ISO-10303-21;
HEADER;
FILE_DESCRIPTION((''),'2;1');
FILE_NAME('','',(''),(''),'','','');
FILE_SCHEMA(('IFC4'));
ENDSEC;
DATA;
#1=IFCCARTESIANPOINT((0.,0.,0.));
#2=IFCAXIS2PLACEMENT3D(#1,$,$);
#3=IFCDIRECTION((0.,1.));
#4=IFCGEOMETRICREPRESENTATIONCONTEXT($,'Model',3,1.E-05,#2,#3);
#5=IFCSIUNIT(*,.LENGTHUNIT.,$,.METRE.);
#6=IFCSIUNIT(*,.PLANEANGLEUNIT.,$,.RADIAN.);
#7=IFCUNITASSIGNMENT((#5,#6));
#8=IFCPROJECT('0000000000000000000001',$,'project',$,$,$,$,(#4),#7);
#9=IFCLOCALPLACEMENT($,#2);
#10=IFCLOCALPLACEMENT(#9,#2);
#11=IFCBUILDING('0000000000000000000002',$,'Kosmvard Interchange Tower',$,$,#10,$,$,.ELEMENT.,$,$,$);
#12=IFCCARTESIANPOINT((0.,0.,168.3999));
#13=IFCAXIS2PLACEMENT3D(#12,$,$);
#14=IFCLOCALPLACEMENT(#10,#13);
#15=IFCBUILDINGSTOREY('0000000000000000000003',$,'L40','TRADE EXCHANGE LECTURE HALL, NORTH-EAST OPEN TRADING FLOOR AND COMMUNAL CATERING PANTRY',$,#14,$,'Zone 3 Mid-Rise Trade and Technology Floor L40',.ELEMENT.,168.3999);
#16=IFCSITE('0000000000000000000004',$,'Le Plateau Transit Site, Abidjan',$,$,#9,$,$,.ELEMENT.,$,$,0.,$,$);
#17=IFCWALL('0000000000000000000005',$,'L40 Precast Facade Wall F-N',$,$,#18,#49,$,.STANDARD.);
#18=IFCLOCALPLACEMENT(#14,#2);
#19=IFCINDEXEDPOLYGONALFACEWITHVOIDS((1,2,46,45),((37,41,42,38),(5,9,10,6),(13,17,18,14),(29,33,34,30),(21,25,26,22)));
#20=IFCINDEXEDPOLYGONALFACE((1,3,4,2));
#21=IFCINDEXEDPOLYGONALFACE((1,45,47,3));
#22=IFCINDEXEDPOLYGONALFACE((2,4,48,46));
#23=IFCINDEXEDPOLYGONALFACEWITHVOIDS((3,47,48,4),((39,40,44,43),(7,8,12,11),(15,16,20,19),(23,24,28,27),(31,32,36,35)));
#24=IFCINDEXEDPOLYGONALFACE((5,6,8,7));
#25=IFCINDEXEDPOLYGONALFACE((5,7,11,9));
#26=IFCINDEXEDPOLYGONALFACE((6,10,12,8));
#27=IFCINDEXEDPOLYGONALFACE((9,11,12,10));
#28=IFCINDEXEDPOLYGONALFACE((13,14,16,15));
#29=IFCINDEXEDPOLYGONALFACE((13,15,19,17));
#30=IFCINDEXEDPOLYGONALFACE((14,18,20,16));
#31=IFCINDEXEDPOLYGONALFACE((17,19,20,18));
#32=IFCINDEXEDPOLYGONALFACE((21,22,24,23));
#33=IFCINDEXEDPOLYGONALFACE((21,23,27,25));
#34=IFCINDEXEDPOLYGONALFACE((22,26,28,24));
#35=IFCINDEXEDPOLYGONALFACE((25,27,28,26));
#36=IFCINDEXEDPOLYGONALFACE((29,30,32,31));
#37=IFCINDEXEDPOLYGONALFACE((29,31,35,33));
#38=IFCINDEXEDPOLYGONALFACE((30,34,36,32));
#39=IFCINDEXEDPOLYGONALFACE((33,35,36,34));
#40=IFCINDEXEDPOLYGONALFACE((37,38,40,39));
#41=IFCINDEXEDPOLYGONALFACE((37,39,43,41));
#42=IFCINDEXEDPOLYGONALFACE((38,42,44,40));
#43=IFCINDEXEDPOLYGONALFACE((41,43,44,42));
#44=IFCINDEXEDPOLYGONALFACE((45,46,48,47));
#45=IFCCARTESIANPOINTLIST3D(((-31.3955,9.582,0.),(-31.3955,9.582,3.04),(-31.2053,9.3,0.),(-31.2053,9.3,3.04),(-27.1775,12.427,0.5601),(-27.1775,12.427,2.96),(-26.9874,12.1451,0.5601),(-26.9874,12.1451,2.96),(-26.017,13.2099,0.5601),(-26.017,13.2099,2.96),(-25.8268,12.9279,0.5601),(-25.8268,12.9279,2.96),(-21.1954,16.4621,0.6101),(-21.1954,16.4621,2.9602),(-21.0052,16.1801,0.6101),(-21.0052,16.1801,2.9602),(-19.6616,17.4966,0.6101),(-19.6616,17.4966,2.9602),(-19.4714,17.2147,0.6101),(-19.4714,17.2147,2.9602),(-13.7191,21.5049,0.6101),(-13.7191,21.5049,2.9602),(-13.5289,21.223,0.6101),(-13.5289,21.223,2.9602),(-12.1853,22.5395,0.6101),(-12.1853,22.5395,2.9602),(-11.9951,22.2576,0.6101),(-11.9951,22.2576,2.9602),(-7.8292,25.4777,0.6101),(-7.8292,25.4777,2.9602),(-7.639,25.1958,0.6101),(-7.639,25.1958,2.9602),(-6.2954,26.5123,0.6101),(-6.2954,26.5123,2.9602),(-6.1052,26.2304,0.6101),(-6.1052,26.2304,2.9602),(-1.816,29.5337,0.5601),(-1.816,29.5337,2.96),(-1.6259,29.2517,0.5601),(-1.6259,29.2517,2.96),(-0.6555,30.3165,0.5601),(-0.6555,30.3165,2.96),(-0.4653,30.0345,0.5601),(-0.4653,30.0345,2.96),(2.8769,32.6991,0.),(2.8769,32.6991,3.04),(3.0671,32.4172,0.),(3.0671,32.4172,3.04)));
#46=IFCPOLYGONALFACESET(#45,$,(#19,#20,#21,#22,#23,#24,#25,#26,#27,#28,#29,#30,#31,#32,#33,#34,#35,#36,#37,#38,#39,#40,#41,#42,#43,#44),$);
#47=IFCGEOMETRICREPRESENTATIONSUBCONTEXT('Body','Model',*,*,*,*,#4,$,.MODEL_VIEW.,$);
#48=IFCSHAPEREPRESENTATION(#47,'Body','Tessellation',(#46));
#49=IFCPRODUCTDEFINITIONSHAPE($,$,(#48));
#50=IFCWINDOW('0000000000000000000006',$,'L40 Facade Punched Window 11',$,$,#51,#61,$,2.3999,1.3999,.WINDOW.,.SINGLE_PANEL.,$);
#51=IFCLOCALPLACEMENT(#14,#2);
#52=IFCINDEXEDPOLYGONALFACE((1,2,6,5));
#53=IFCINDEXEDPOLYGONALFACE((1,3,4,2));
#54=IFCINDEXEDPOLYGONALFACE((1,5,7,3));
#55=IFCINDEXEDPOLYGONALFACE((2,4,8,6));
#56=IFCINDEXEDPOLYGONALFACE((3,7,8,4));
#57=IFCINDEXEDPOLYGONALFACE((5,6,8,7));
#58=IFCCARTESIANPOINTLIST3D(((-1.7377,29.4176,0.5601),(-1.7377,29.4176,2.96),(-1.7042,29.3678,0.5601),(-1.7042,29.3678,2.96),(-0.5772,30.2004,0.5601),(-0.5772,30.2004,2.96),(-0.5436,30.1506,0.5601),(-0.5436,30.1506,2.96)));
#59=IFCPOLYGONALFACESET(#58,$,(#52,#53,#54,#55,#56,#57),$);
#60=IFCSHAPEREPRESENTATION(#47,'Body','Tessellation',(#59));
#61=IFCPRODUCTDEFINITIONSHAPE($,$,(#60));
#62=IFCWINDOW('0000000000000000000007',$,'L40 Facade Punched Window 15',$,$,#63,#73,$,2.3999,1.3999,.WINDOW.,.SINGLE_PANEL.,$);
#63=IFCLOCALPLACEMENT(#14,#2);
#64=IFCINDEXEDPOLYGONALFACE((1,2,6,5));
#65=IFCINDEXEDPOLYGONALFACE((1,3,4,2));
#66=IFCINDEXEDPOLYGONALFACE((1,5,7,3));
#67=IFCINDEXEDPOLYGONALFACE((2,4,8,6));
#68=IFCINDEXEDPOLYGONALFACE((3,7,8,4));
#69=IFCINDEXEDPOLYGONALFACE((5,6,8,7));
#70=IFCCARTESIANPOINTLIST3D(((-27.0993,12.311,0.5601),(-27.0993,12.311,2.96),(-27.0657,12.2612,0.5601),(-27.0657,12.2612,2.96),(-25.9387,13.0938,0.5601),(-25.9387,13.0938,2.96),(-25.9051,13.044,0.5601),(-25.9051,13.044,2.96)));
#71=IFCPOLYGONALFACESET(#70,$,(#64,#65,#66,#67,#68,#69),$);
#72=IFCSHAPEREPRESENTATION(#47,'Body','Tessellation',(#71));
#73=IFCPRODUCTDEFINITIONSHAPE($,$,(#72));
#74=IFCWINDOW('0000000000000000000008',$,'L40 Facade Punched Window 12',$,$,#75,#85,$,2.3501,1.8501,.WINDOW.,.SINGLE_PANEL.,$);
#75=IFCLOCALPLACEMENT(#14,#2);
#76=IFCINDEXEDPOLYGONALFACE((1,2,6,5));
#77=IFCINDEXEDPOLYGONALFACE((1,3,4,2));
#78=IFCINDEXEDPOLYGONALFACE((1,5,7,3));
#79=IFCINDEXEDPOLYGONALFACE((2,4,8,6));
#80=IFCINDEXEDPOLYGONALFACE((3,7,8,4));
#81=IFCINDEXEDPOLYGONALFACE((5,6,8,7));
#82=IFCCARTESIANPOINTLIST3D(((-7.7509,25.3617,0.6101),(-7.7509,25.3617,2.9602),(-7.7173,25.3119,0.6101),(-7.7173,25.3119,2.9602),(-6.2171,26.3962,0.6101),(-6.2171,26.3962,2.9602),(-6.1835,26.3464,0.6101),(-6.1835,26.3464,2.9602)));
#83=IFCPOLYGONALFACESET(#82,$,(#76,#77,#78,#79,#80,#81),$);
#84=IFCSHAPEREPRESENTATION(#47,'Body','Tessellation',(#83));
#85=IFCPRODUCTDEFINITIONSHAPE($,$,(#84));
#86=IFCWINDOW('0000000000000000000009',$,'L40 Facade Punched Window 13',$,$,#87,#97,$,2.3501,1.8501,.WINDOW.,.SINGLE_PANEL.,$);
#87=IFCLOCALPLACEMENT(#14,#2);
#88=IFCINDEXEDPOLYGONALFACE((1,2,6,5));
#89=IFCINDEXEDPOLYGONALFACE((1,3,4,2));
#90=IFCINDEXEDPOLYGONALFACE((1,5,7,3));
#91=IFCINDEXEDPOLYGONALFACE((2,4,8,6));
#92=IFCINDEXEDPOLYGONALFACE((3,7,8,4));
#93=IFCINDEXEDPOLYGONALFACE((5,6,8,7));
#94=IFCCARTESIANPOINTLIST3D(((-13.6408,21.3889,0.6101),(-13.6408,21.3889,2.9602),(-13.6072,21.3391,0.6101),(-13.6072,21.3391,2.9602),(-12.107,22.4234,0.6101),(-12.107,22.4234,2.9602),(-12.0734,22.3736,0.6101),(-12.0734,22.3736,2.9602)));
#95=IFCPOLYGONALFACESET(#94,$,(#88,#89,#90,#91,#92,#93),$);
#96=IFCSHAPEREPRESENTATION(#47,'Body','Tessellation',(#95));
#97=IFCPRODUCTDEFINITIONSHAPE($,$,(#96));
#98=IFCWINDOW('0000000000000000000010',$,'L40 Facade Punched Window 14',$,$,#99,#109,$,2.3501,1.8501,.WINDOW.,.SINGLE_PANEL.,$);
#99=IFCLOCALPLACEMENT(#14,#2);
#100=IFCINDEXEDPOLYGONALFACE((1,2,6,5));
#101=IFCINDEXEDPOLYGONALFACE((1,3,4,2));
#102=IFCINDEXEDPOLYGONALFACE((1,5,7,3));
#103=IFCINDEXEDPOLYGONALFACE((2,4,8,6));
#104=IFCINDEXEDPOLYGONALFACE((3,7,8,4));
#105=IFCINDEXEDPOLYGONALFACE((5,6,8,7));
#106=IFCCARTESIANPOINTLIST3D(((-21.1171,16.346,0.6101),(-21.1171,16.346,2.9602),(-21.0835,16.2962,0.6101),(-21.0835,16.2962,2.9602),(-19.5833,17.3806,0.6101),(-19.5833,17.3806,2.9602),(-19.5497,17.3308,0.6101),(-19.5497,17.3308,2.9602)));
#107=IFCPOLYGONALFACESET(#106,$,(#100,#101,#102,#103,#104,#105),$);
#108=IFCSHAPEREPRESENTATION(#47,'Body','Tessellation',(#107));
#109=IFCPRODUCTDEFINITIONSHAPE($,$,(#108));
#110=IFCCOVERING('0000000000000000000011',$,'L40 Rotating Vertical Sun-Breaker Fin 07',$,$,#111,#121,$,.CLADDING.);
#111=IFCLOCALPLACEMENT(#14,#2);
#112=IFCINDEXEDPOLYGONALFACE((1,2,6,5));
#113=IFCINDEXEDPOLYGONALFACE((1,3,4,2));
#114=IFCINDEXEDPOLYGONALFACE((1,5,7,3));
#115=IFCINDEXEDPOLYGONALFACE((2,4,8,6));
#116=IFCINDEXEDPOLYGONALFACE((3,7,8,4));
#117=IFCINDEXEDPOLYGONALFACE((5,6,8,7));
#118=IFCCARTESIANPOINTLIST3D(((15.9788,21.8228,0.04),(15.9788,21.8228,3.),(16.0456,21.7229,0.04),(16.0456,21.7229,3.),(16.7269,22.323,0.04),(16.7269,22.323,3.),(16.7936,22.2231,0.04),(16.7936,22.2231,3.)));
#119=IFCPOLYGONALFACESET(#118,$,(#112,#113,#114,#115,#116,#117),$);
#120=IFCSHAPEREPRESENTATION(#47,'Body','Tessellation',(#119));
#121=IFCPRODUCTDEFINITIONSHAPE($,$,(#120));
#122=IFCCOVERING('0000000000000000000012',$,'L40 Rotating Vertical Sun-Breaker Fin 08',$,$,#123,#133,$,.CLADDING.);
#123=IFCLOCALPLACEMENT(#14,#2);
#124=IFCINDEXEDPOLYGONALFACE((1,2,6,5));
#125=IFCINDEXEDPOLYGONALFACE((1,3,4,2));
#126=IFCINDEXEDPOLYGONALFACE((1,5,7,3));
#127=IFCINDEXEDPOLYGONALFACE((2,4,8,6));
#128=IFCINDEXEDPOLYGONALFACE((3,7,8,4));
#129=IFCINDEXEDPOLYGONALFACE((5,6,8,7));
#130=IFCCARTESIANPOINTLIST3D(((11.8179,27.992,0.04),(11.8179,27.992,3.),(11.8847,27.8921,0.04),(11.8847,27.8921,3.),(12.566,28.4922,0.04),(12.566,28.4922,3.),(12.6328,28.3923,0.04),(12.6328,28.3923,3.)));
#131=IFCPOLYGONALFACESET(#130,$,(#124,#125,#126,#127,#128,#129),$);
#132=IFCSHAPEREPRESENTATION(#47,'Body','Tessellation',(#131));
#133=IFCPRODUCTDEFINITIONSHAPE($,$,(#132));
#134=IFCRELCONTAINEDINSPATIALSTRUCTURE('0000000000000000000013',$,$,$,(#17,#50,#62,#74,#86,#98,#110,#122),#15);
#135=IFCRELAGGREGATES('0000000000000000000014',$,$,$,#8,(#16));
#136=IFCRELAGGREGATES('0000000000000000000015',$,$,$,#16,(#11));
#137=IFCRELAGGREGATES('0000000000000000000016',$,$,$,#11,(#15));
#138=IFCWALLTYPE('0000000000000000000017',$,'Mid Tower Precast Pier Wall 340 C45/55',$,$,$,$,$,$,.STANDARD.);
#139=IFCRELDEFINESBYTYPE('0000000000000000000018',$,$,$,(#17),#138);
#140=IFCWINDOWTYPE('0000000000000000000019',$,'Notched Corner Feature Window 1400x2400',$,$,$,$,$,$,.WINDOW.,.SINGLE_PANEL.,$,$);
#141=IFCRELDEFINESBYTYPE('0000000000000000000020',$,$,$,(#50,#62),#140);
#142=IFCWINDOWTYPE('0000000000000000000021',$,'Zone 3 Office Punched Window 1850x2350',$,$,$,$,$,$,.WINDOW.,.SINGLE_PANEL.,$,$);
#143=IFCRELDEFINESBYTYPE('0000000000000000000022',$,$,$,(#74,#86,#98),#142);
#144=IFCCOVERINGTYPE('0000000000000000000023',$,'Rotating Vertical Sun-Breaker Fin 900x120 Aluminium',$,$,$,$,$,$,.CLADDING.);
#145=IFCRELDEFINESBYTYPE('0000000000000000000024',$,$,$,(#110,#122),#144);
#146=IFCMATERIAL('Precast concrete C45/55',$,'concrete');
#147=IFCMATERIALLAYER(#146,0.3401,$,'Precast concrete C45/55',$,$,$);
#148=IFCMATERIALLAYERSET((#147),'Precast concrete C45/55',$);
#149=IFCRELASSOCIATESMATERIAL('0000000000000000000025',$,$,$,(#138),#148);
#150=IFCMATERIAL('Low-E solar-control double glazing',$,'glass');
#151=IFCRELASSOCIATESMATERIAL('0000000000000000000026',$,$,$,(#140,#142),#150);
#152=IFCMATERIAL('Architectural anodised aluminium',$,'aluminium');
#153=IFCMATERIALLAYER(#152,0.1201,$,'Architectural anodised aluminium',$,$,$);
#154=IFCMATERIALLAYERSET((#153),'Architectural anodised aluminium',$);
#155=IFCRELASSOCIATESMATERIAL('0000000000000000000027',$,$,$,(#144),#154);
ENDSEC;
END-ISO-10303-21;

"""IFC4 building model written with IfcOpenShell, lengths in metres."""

from ifc_helpers import new_model, si_unit, direction, frame, frame_2d, origin, origin_2d, place, context, subcontext, project, spatial, rectangle, extrude, source, transform, mapped, material, layer, layer_set, type_object, element, fill, save


model = new_model("IFC4")

# Units and contexts
model_context = context("Model", 3, precision=1e-05, world=origin(), true_north=direction((0.0, 1.0)))
body_context = subcontext(model_context, "Body", "Model", "MODEL_VIEW")
ifc_project = project(units=[si_unit("LENGTHUNIT", "METRE"), si_unit("PLANEANGLEUNIT", "RADIAN")], contexts=[model_context])

# Site, building, storey
site_placement = place(None, origin())
site = spatial("IfcSite", under=ifc_project, at=site_placement, Name="Le Plateau Transit Site, Abidjan", CompositionType="ELEMENT", RefElevation=0.0)
building_placement = place(site_placement, origin())
building = spatial("IfcBuilding", under=site, at=building_placement, Name="Kosmvard Interchange Tower", CompositionType="ELEMENT")
storey_placement = place(building_placement, frame((0.0, 0.0, 168.3999)))
storey = spatial("IfcBuildingStorey", under=building, at=storey_placement, Name="L40", Description="TRADE EXCHANGE LECTURE HALL, NORTH-EAST OPEN TRADING FLOOR AND COMMUNAL CATERING PANTRY", LongName="Zone 3 Mid-Rise Trade and Technology Floor L40", CompositionType="ELEMENT", Elevation=168.3999)

# Shared definitions
ifc_material_1 = material(Name="Precast concrete C45/55", Category="concrete")

# Shared definitions
ifc_layer_1 = layer(ifc_material_1, 0.3401, Name="Precast concrete C45/55")
ifc_layer_set_1 = layer_set([ifc_layer_1], Name="Precast concrete C45/55")
wall_type = type_object("IfcWallType", Name="Mid Tower Precast Pier Wall 340 C45/55", PredefinedType="STANDARD", material=ifc_layer_set_1)

# Wall, openings, windows
wall_1_placement = place(storey_placement, frame((2.9719, 32.5581, 0.0), z_axis=(0.0, 0.0, 1.0), x_axis=(-0.829036, -0.559195, 0.0)))
wall_1 = element("IfcWall", 1, at=wall_1_placement, inside=storey, type_object=wall_type, Name="L40 Precast Facade Wall F-N", PredefinedType="STANDARD", context=body_context, shape_type="SweptSolid", body=[
    extrude(rectangle(XDim=41.3401, YDim=0.3401, at=frame_2d((20.6699, 0.0))), origin(), (0.0, 0.0, 1.0), 3.04),
])
opening_1_placement = place(wall_1_placement, frame((4.2607, 0.0, 0.5601)))
opening_1 = element("IfcOpeningElement", 2, at=opening_1_placement, cuts=wall_1, PredefinedType="OPENING", context=body_context, shape_type="SweptSolid", body=[
    extrude(rectangle(XDim=1.3999, YDim=2.3999, at=frame_2d((0.7, 1.2))), frame((0.0, 0.1802, 0.0), z_axis=(0.0, -1.0, 0.0), x_axis=(1.0, 0.0, 0.0)), (0.0, 0.0, 1.0), 0.3601),
])
opening_2_placement = place(wall_1_placement, frame((11.0637, 0.0, 0.6101)))
opening_2 = element("IfcOpeningElement", 3, at=opening_2_placement, cuts=wall_1, PredefinedType="OPENING", context=body_context, shape_type="SweptSolid", body=[
    extrude(rectangle(XDim=1.8501, YDim=2.3501, at=frame_2d((0.925, 1.175))), frame((0.0, 0.1802, 0.0), z_axis=(0.0, -1.0, 0.0), x_axis=(1.0, 0.0, 0.0)), (0.0, 0.0, 1.0), 0.3601),
])
opening_3_placement = place(wall_1_placement, frame((18.1682, 0.0, 0.6101)))
opening_3 = element("IfcOpeningElement", 4, at=opening_3_placement, cuts=wall_1, PredefinedType="OPENING", context=body_context, shape_type="SweptSolid", body=[
    extrude(rectangle(XDim=1.8501, YDim=2.3501, at=frame_2d((0.925, 1.175))), frame((0.0, 0.1802, 0.0), z_axis=(0.0, -1.0, 0.0), x_axis=(1.0, 0.0, 0.0)), (0.0, 0.0, 1.0), 0.3601),
])
opening_4_placement = place(wall_1_placement, frame((27.1863, 0.0, 0.6101)))
opening_4 = element("IfcOpeningElement", 5, at=opening_4_placement, cuts=wall_1, PredefinedType="OPENING", context=body_context, shape_type="SweptSolid", body=[
    extrude(rectangle(XDim=1.8501, YDim=2.3501, at=frame_2d((0.925, 1.175))), frame((0.0, 0.1802, 0.0), z_axis=(0.0, -1.0, 0.0), x_axis=(1.0, 0.0, 0.0)), (0.0, 0.0, 1.0), 0.3601),
])
opening_5_placement = place(wall_1_placement, frame((34.8523, 0.0, 0.5601)))
opening_5 = element("IfcOpeningElement", 6, at=opening_5_placement, cuts=wall_1, PredefinedType="OPENING", context=body_context, shape_type="SweptSolid", body=[
    extrude(rectangle(XDim=1.3999, YDim=2.3999, at=frame_2d((0.7, 1.2))), frame((0.0, 0.1802, 0.0), z_axis=(0.0, -1.0, 0.0), x_axis=(1.0, 0.0, 0.0)), (0.0, 0.0, 1.0), 0.3601),
])
ifc_material_2 = material(Name="Low-E solar-control double glazing", Category="glass")
window_type_1 = type_object("IfcWindowType", Name="Notched Corner Feature Window 1400x2400", PartitioningType="SINGLE_PANEL", PredefinedType="WINDOW", material=ifc_material_2)
shared_shape_1 = source(origin(), body_context, "Body", "SweptSolid", [
    extrude(rectangle(XDim=1.3999, YDim=2.3999, at=frame_2d((0.7, 1.2))), frame((0.0, 0.03, 0.0), z_axis=(0.0, -1.0, 0.0), x_axis=(1.0, 0.0, 0.0)), (0.0, 0.0, 1.0), 0.0601),
])
window_1_placement = place(opening_1_placement, origin())
window_1 = element("IfcWindow", 7, at=window_1_placement, inside=storey, type_object=window_type_1, Name="L40 Facade Punched Window 11", OverallHeight=2.3999, OverallWidth=1.3999, PartitioningType="SINGLE_PANEL", PredefinedType="WINDOW", context=body_context, shape_type="MappedRepresentation", body=[
    mapped(shared_shape_1, transform((0.0, 0.0, 0.0), scale=1.0)),
])
fill(opening_1, window_1)
window_2_placement = place(opening_5_placement, origin())
window_2 = element("IfcWindow", 8, at=window_2_placement, inside=storey, type_object=window_type_1, Name="L40 Facade Punched Window 15", OverallHeight=2.3999, OverallWidth=1.3999, PartitioningType="SINGLE_PANEL", PredefinedType="WINDOW", context=body_context, shape_type="MappedRepresentation", body=[
    mapped(shared_shape_1, transform((0.0, 0.0, 0.0), scale=1.0)),
])
fill(opening_5, window_2)
window_type_2 = type_object("IfcWindowType", Name="Zone 3 Office Punched Window 1850x2350", PartitioningType="SINGLE_PANEL", PredefinedType="WINDOW", material=ifc_material_2)
shared_shape_2 = source(origin(), body_context, "Body", "SweptSolid", [
    extrude(rectangle(XDim=1.8501, YDim=2.3501, at=frame_2d((0.925, 1.175))), frame((0.0, 0.03, 0.0), z_axis=(0.0, -1.0, 0.0), x_axis=(1.0, 0.0, 0.0)), (0.0, 0.0, 1.0), 0.0601),
])
window_3_placement = place(opening_2_placement, origin())
window_3 = element("IfcWindow", 9, at=window_3_placement, inside=storey, type_object=window_type_2, Name="L40 Facade Punched Window 12", OverallHeight=2.3501, OverallWidth=1.8501, PartitioningType="SINGLE_PANEL", PredefinedType="WINDOW", context=body_context, shape_type="MappedRepresentation", body=[
    mapped(shared_shape_2, transform((0.0, 0.0, 0.0), scale=1.0)),
])
fill(opening_2, window_3)
window_4_placement = place(opening_3_placement, origin())
window_4 = element("IfcWindow", 10, at=window_4_placement, inside=storey, type_object=window_type_2, Name="L40 Facade Punched Window 13", OverallHeight=2.3501, OverallWidth=1.8501, PartitioningType="SINGLE_PANEL", PredefinedType="WINDOW", context=body_context, shape_type="MappedRepresentation", body=[
    mapped(shared_shape_2, transform((0.0, 0.0, 0.0), scale=1.0)),
])
fill(opening_3, window_4)
window_5_placement = place(opening_4_placement, origin())
window_5 = element("IfcWindow", 11, at=window_5_placement, inside=storey, type_object=window_type_2, Name="L40 Facade Punched Window 14", OverallHeight=2.3501, OverallWidth=1.8501, PartitioningType="SINGLE_PANEL", PredefinedType="WINDOW", context=body_context, shape_type="MappedRepresentation", body=[
    mapped(shared_shape_2, transform((0.0, 0.0, 0.0), scale=1.0)),
])
fill(opening_4, window_5)

# Coverings
ifc_material_3 = material(Name="Architectural anodised aluminium", Category="aluminium")
ifc_layer_2 = layer(ifc_material_3, 0.1201, Name="Architectural anodised aluminium")
ifc_layer_set_2 = layer_set([ifc_layer_2], Name="Architectural anodised aluminium")
covering_type = type_object("IfcCoveringType", Name="Rotating Vertical Sun-Breaker Fin 900x120 Aluminium", PredefinedType="CLADDING", material=ifc_layer_set_2)
shared_shape_3 = source(origin(), body_context, "Body", "SweptSolid", [
    extrude(rectangle(XDim=0.8999, YDim=0.1201, at=origin_2d()), origin(), (0.0, 0.0, 1.0), 2.96),
])
for number, where, z_axis, x_axis, name in (
    (12, (16.3862, 22.0229, 0.04), (0.0, 0.0, 1.0), (0.831276, 0.55586, 0.0), "L40 Rotating Vertical Sun-Breaker Fin 07"),
    (13, (12.2253, 28.1921, 0.04), (0.0, 0.0, 1.0), (0.831276, 0.55586, 0.0), "L40 Rotating Vertical Sun-Breaker Fin 08"),
):
    element("IfcCovering", number, at=place(storey_placement, frame(where, z_axis=z_axis, x_axis=x_axis)), inside=storey, type_object=covering_type, Name=name, PredefinedType="CLADDING", context=body_context, shape_type="MappedRepresentation", body=[
        mapped(shared_shape_3, transform((0.0, 0.0, 0.0), scale=1.0)),
    ])

save(model, "model.ifc")
